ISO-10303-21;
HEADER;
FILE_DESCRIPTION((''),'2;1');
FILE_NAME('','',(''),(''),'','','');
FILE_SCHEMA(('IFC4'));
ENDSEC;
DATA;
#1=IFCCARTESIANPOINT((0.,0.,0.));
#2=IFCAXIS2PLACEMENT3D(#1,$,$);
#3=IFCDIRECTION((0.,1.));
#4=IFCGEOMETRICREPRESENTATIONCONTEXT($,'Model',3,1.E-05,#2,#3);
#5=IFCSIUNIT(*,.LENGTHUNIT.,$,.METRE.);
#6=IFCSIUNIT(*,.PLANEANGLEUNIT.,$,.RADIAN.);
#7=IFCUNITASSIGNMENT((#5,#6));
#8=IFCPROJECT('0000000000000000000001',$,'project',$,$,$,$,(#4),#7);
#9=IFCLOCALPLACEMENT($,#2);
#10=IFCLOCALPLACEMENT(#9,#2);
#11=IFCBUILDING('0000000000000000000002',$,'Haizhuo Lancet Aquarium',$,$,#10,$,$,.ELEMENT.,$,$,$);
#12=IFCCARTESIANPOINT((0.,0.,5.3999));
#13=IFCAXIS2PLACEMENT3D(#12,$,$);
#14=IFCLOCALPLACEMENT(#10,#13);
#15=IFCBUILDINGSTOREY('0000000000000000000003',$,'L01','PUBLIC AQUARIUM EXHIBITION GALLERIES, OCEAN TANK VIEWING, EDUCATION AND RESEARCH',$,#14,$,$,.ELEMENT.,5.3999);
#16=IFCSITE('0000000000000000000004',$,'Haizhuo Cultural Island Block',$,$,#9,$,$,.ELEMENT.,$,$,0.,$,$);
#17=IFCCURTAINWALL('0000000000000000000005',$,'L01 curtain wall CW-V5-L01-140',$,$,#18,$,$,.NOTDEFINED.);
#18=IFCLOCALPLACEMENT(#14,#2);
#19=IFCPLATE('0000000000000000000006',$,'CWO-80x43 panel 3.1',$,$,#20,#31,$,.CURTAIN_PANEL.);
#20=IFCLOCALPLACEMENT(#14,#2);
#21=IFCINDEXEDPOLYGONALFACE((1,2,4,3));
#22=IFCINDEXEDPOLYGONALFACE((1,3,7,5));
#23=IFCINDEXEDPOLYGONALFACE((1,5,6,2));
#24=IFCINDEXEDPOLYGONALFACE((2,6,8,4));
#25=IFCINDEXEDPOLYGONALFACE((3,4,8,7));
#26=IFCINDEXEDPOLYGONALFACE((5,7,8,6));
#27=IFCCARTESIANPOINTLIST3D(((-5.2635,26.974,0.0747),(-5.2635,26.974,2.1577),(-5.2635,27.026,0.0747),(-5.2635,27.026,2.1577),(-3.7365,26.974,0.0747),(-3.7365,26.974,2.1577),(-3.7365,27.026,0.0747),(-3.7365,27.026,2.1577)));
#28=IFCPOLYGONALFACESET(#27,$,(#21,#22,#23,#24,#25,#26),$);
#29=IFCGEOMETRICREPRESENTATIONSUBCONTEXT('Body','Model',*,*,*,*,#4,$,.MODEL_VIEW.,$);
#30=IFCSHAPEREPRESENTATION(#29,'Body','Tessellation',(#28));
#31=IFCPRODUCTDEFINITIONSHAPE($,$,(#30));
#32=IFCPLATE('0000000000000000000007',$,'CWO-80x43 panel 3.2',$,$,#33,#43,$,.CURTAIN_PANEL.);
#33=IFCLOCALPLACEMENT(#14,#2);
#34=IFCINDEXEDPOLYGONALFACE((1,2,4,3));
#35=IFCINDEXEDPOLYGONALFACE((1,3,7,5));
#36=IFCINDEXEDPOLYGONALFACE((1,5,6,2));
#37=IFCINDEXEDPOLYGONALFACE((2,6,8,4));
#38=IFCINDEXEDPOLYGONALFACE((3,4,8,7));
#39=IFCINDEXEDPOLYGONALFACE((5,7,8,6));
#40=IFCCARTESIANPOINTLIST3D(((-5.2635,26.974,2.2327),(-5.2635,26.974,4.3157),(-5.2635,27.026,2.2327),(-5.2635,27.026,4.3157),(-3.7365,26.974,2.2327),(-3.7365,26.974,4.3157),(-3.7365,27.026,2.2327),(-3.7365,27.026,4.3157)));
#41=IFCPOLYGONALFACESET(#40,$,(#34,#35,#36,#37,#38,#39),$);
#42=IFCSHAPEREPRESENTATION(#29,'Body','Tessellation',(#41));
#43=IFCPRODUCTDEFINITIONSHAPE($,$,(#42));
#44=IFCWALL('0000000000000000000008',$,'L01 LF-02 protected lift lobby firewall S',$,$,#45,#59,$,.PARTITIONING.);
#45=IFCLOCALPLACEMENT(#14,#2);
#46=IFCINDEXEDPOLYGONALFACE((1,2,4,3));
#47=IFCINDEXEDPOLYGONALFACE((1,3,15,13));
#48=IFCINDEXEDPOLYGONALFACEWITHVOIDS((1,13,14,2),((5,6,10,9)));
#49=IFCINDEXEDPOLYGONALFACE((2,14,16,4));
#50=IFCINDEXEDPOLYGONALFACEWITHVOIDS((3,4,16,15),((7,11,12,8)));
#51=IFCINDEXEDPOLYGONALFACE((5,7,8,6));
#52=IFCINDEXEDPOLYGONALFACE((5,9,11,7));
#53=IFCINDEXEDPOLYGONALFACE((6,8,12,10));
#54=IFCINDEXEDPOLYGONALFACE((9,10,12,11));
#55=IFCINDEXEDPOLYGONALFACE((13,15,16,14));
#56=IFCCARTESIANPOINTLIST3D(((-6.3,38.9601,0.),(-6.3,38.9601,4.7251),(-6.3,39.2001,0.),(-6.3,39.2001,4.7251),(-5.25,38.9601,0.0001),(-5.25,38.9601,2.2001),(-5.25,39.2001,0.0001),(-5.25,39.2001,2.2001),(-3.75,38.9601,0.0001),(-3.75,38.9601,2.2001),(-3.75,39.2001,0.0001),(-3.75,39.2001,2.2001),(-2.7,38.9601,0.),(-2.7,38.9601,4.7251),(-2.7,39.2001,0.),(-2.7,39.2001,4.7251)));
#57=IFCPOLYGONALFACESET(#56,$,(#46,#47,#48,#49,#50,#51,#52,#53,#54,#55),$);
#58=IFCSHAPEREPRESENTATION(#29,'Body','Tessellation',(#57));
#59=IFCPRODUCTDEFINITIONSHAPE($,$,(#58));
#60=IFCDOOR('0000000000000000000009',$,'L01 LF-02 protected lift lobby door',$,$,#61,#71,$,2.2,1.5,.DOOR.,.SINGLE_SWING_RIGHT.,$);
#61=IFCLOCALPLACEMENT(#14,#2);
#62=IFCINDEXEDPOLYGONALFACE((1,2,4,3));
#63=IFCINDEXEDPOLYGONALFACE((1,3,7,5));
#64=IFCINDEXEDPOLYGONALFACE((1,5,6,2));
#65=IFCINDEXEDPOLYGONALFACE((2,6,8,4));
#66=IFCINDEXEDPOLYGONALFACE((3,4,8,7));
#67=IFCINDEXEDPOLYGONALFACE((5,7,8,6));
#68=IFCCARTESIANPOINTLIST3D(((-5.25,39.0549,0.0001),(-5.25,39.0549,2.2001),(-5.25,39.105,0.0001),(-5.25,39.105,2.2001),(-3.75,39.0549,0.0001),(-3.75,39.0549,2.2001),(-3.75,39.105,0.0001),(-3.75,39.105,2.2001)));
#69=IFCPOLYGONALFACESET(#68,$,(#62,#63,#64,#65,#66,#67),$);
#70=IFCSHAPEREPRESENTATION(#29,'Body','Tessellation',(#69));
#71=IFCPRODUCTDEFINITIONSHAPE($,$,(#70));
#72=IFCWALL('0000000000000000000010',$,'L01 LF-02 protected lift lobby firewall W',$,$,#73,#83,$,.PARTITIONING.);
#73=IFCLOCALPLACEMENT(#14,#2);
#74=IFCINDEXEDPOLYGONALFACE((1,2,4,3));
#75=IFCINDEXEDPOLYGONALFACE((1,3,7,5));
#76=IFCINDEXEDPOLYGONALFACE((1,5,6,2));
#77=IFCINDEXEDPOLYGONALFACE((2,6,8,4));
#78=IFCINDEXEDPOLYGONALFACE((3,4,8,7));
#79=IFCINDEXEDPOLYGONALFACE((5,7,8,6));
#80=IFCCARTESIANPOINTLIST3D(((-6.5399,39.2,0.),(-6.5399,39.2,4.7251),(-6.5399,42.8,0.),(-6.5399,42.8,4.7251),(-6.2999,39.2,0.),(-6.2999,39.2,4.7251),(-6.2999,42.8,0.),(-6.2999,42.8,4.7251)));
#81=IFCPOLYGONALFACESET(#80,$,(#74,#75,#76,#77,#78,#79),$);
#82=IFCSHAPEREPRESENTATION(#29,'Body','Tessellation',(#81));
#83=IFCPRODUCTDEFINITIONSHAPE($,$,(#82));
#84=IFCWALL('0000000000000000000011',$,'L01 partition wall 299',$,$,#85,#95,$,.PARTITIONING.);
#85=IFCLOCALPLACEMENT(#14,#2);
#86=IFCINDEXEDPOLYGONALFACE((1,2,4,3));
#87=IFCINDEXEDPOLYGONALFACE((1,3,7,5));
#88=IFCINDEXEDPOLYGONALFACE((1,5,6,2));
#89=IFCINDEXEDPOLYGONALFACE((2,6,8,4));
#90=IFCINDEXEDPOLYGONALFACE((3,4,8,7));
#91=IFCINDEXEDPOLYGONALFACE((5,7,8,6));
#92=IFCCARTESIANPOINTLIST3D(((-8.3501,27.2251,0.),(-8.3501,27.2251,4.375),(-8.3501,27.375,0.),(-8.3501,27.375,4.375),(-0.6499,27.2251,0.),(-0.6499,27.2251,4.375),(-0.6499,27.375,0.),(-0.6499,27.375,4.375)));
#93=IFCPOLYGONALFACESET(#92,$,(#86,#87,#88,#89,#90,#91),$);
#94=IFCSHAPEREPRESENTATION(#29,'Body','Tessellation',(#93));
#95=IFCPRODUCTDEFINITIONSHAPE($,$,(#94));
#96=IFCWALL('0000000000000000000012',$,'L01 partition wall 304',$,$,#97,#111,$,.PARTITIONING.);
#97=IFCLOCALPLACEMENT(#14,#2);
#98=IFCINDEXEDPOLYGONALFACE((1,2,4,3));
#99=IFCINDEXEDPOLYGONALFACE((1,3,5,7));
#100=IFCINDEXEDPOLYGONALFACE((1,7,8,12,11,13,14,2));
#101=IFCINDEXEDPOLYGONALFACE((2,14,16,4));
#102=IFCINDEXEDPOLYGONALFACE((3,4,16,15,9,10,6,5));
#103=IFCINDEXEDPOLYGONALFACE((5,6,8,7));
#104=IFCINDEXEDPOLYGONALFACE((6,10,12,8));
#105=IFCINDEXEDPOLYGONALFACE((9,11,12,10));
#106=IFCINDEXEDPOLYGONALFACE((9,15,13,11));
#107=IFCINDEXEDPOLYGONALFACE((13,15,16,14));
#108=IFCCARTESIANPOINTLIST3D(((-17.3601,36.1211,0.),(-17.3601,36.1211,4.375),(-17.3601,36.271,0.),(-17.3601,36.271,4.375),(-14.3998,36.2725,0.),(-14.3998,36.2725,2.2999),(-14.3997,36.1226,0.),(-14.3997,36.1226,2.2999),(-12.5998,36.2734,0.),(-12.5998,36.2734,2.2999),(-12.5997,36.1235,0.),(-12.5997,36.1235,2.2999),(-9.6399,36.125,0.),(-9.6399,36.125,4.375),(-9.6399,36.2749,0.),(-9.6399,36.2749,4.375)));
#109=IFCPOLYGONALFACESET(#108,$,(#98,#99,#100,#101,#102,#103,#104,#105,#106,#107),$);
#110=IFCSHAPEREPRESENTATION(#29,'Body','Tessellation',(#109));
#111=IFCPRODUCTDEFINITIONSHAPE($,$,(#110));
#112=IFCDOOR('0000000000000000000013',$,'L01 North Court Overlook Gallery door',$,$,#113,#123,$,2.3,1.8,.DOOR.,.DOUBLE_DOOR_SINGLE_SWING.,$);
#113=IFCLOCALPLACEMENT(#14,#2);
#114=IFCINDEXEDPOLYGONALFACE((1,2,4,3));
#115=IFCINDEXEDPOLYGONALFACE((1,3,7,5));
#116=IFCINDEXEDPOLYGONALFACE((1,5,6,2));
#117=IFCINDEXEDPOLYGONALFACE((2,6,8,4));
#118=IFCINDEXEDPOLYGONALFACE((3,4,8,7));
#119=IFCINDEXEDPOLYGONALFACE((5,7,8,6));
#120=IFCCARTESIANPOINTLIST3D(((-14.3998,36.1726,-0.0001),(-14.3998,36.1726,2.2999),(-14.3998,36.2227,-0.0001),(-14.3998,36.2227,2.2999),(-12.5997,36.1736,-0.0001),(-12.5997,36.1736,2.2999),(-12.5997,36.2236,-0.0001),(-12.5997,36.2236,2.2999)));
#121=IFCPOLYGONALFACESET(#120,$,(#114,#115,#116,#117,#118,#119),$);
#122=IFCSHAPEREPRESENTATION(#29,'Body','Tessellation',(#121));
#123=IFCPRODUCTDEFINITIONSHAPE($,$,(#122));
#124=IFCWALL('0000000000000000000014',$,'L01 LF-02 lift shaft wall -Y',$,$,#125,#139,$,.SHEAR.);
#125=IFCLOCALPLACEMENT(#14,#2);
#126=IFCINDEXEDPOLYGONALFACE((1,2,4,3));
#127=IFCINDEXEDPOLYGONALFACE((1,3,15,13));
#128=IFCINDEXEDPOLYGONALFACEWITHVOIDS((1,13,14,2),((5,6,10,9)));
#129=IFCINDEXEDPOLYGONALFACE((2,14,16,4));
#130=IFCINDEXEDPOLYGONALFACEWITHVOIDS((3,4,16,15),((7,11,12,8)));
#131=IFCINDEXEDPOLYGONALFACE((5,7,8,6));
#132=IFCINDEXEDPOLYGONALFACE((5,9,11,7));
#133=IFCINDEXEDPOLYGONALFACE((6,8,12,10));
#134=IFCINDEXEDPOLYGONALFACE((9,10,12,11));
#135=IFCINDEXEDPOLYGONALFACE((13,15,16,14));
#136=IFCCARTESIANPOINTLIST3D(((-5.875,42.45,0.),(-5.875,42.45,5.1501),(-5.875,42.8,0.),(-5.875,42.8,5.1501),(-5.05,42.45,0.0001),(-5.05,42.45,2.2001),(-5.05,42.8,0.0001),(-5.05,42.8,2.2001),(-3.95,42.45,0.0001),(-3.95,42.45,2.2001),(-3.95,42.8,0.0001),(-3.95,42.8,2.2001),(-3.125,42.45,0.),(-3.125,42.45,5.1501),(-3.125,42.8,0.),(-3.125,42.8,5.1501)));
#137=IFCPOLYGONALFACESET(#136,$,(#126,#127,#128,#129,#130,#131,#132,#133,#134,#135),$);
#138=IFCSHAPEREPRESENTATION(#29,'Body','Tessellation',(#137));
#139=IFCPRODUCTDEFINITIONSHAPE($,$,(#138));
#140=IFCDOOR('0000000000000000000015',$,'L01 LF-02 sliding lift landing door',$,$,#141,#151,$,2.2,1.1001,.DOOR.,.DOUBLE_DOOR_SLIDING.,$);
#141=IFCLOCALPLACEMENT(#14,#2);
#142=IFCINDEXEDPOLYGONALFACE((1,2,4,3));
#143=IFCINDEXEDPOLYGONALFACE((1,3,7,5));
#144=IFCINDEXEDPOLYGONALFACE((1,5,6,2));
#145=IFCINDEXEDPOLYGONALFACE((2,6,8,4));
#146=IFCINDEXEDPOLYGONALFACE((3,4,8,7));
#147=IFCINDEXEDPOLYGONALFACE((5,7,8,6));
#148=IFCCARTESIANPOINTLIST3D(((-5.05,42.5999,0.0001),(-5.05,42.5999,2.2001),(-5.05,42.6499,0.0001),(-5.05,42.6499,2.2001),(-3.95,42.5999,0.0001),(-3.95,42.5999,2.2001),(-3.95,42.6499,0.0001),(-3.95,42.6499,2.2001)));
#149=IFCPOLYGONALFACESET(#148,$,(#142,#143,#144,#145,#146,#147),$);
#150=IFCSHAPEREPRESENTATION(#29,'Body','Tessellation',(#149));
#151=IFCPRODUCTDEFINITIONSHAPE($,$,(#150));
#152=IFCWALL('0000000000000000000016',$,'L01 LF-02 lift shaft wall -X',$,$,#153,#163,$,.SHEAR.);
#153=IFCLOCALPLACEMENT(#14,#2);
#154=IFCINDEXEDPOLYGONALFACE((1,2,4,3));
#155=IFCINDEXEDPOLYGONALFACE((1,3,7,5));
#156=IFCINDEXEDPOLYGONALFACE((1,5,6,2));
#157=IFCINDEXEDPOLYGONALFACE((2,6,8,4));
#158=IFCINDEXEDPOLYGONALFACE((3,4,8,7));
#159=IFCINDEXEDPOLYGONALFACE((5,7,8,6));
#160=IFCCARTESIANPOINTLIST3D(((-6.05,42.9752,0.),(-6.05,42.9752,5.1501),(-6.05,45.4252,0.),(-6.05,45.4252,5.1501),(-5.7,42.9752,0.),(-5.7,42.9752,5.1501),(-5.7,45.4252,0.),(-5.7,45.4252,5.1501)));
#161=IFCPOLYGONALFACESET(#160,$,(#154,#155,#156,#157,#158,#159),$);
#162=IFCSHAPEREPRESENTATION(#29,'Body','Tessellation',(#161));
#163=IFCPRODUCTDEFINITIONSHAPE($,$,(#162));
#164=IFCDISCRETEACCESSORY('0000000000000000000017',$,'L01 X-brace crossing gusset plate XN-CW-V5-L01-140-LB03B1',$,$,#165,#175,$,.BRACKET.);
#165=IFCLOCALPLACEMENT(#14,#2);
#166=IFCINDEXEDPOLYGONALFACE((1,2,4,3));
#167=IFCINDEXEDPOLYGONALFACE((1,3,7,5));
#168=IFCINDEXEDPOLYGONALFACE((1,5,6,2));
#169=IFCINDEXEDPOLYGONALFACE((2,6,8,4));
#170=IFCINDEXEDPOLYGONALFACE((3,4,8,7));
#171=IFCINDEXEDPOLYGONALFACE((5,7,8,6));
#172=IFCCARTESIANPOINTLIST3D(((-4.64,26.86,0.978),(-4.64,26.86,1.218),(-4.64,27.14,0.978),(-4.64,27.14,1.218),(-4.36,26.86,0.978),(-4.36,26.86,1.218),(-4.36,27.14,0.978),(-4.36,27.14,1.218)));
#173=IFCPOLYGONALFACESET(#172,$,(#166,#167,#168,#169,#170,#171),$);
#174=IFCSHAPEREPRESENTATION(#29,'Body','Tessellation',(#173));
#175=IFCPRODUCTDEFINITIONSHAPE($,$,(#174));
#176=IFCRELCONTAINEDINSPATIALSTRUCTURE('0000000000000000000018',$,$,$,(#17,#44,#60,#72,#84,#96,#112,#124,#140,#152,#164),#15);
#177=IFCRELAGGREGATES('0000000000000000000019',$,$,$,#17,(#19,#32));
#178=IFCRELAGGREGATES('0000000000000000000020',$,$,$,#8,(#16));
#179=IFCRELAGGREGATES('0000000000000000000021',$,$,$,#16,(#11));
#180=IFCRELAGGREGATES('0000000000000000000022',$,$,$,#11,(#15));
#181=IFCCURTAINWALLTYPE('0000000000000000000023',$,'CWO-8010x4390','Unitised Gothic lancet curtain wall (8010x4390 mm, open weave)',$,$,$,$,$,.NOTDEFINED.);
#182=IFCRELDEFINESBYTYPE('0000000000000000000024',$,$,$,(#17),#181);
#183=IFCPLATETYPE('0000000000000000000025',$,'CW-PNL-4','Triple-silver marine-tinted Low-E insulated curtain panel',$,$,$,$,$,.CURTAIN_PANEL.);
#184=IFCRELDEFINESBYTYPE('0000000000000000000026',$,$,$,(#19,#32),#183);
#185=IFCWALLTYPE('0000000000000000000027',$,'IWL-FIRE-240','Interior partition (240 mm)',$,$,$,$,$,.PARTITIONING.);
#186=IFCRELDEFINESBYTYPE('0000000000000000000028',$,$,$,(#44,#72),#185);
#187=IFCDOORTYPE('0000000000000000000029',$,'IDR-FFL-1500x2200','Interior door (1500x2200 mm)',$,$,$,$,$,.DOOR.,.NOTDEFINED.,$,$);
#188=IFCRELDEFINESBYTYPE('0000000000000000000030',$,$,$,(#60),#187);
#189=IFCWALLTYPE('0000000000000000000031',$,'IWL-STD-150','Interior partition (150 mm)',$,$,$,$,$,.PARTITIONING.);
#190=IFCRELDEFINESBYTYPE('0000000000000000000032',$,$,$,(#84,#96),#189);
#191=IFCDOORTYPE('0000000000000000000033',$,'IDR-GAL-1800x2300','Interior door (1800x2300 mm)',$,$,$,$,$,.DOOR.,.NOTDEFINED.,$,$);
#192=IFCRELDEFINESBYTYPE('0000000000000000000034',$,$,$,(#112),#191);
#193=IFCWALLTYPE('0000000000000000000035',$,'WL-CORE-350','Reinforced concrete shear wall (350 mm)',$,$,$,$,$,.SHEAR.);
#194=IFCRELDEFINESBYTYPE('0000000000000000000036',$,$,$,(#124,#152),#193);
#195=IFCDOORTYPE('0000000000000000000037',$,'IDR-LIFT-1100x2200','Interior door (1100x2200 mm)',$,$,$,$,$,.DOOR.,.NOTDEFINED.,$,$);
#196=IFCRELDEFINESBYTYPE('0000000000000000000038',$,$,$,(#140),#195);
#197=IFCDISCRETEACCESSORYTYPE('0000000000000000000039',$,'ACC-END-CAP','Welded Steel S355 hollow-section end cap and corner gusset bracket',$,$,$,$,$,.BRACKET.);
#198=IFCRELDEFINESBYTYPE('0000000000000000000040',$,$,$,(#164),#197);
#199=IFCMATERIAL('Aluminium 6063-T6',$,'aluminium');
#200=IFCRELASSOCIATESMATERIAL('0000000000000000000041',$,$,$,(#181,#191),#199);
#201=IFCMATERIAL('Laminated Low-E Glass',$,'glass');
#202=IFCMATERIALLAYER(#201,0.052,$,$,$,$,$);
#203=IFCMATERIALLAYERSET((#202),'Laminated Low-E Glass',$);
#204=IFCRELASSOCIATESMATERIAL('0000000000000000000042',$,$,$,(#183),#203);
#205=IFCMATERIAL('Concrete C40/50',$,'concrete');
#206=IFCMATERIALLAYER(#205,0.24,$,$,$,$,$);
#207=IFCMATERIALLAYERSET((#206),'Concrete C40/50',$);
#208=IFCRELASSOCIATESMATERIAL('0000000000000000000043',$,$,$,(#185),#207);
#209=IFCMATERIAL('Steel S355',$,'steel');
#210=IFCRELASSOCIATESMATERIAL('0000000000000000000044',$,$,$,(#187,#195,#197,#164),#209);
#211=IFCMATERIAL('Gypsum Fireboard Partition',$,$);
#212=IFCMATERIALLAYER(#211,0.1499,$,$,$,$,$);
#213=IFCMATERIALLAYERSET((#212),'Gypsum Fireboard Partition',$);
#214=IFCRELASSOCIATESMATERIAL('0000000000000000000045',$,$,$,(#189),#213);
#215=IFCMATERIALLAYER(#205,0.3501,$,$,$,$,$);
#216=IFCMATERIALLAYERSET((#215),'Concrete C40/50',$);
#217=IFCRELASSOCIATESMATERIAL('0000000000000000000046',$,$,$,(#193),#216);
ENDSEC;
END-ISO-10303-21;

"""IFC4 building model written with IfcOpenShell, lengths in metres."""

from ifc_helpers import new_model, si_unit, direction, frame, frame_2d, origin, origin_2d, place, context, subcontext, project, spatial, rectangle, extrude, material, layer, layer_set, type_object, element, fill, aggregate, save


model = new_model("IFC4")

# Units and contexts
model_context = context("Model", 3, precision=1e-05, world=origin(), true_north=direction((0.0, 1.0)))
body_context = subcontext(model_context, "Body", "Model", "MODEL_VIEW")
ifc_project = project(units=[si_unit("LENGTHUNIT", "METRE"), si_unit("PLANEANGLEUNIT", "RADIAN")], contexts=[model_context])

# Site, building, storey
site_placement = place(None, origin())
site = spatial("IfcSite", under=ifc_project, at=site_placement, Name="Haizhuo Cultural Island Block", CompositionType="ELEMENT", RefElevation=0.0)
building_placement = place(site_placement, origin())
building = spatial("IfcBuilding", under=site, at=building_placement, Name="Haizhuo Lancet Aquarium", CompositionType="ELEMENT")
storey_placement = place(building_placement, frame((0.0, 0.0, 5.3999)))
storey = spatial("IfcBuildingStorey", under=building, at=storey_placement, Name="L01", Description="PUBLIC AQUARIUM EXHIBITION GALLERIES, OCEAN TANK VIEWING, EDUCATION AND RESEARCH", CompositionType="ELEMENT", Elevation=5.3999)

# Shared definitions
ifc_material_1 = material(Name="Concrete C40/50", Category="concrete")

# Curtain wall
ifc_material_2 = material(Name="Aluminium 6063-T6", Category="aluminium")
curtain_wall_type = type_object("IfcCurtainWallType", Name="CWO-8010x4390", Description="Unitised Gothic lancet curtain wall (8010x4390 mm, open weave)", PredefinedType="NOTDEFINED", material=ifc_material_2)
curtain_wall_placement = place(storey_placement, origin())
curtain_wall = element("IfcCurtainWall", 1, at=curtain_wall_placement, inside=storey, type_object=curtain_wall_type, Name="L01 curtain wall CW-V5-L01-140", PredefinedType="NOTDEFINED")

# Shared definitions
ifc_material_3 = material(Name="Steel S355", Category="steel")

# Plates
ifc_material_4 = material(Name="Laminated Low-E Glass", Category="glass")
ifc_layer_1 = layer(ifc_material_4, 0.052)
ifc_layer_set_1 = layer_set([ifc_layer_1], Name="Laminated Low-E Glass")
plate_type = type_object("IfcPlateType", Name="CW-PNL-4", Description="Triple-silver marine-tinted Low-E insulated curtain panel", PredefinedType="CURTAIN_PANEL", material=ifc_layer_set_1)
plate_1_placement = place(storey_placement, frame((-4.5, 27.0, 0.0747), z_axis=(0.0, 0.0, 1.0), x_axis=(-1.0, 0.0, 0.0)))
plate_1 = element("IfcPlate", 2, at=plate_1_placement, type_object=plate_type, Name="CWO-80x43 panel 3.1", PredefinedType="CURTAIN_PANEL", context=body_context, shape_type="SweptSolid", body=[
    extrude(rectangle(XDim=1.5271, YDim=0.052, at=origin_2d()), origin(), (0.0, 0.0, 1.0), 2.083),
])
plate_2_placement = place(storey_placement, frame((-4.5, 27.0, 2.2327), z_axis=(0.0, 0.0, 1.0), x_axis=(-1.0, 0.0, 0.0)))
plate_2 = element("IfcPlate", 3, at=plate_2_placement, type_object=plate_type, Name="CWO-80x43 panel 3.2", PredefinedType="CURTAIN_PANEL", context=body_context, shape_type="SweptSolid", body=[
    extrude(rectangle(XDim=1.5271, YDim=0.052, at=origin_2d()), origin(), (0.0, 0.0, 1.0), 2.083),
])
aggregate(curtain_wall, [plate_1, plate_2])

# Wall, opening, door
ifc_layer_2 = layer(ifc_material_1, 0.24)
ifc_layer_set_2 = layer_set([ifc_layer_2], Name="Concrete C40/50")
wall_type_1 = type_object("IfcWallType", Name="IWL-FIRE-240", Description="Interior partition (240 mm)", PredefinedType="PARTITIONING", material=ifc_layer_set_2)
wall_1_placement = place(storey_placement, frame((-6.3, 39.0801, 0.0), z_axis=(0.0, 0.0, 1.0), x_axis=(1.0, 0.0, 0.0)))
wall_1 = element("IfcWall", 4, at=wall_1_placement, inside=storey, type_object=wall_type_1, Name="L01 LF-02 protected lift lobby firewall S", PredefinedType="PARTITIONING", context=body_context, shape_type="SweptSolid", body=[
    extrude(rectangle(XDim=3.6001, YDim=0.24, at=frame_2d((1.8, 0.0))), origin(), (0.0, 0.0, 1.0), 4.7251),
])
opening_1_placement = place(wall_1_placement, frame((1.05, 0.0, 0.0)))
opening_1 = element("IfcOpeningElement", 5, at=opening_1_placement, cuts=wall_1, PredefinedType="OPENING", context=body_context, shape_type="SweptSolid", body=[
    extrude(rectangle(XDim=1.5, YDim=2.2, at=frame_2d((0.75, 1.1001))), frame((0.0, 0.1299, 0.0), z_axis=(0.0, -1.0, 0.0), x_axis=(1.0, 0.0, 0.0)), (0.0, 0.0, 1.0), 0.26),
])
door_type_1 = type_object("IfcDoorType", Name="IDR-FFL-1500x2200", Description="Interior door (1500x2200 mm)", OperationType="NOTDEFINED", PredefinedType="DOOR", material=ifc_material_3)
door_1_placement = place(opening_1_placement, origin())
door_1 = element("IfcDoor", 6, at=door_1_placement, inside=storey, type_object=door_type_1, Name="L01 LF-02 protected lift lobby door", OperationType="SINGLE_SWING_RIGHT", OverallHeight=2.2, OverallWidth=1.5, PredefinedType="DOOR", context=body_context, shape_type="SweptSolid", body=[
    extrude(rectangle(XDim=1.5, YDim=2.2, at=frame_2d((0.75, 1.1001))), frame((0.0, 0.0249, 0.0), z_axis=(0.0, -1.0, 0.0), x_axis=(1.0, 0.0, 0.0)), (0.0, 0.0, 1.0), 0.05),
])
fill(opening_1, door_1)

# Walls
wall_2_placement = place(storey_placement, frame((-6.4199, 39.2, 0.0), z_axis=(0.0, 0.0, 1.0), x_axis=(0.0, 1.0, 0.0)))
element("IfcWall", 7, at=wall_2_placement, inside=storey, type_object=wall_type_1, Name="L01 LF-02 protected lift lobby firewall W", PredefinedType="PARTITIONING", context=body_context, shape_type="SweptSolid", body=[
    extrude(rectangle(XDim=3.6001, YDim=0.24, at=frame_2d((1.8, 0.0))), origin(), (0.0, 0.0, 1.0), 4.7251),
])
ifc_material_5 = material(Name="Gypsum Fireboard Partition")
ifc_layer_3 = layer(ifc_material_5, 0.1499)
ifc_layer_set_3 = layer_set([ifc_layer_3], Name="Gypsum Fireboard Partition")
wall_type_2 = type_object("IfcWallType", Name="IWL-STD-150", Description="Interior partition (150 mm)", PredefinedType="PARTITIONING", material=ifc_layer_set_3)
wall_3_placement = place(storey_placement, frame((-8.3501, 27.3, 0.0), z_axis=(0.0, 0.0, 1.0), x_axis=(1.0, 0.0, 0.0)))
element("IfcWall", 8, at=wall_3_placement, inside=storey, type_object=wall_type_2, Name="L01 partition wall 299", PredefinedType="PARTITIONING", context=body_context, shape_type="SweptSolid", body=[
    extrude(rectangle(XDim=7.7002, YDim=0.1499, at=frame_2d((3.8501, 0.0))), origin(), (0.0, 0.0, 1.0), 4.375),
])

# Walls, openings, doors
wall_4_placement = place(storey_placement, frame((-9.6399, 36.2, 0.0), z_axis=(0.0, 0.0, 1.0), x_axis=(-1.0, -0.000506, 0.0)))
wall_4 = element("IfcWall", 9, at=wall_4_placement, inside=storey, type_object=wall_type_2, Name="L01 partition wall 304", PredefinedType="PARTITIONING", context=body_context, shape_type="SweptSolid", body=[
    extrude(rectangle(XDim=7.7202, YDim=0.1499, at=frame_2d((3.8601, 0.0))), origin(), (0.0, 0.0, 1.0), 4.375),
])
opening_2_placement = place(wall_4_placement, frame((2.96, 0.0, 0.0)))
opening_2 = element("IfcOpeningElement", 10, at=opening_2_placement, cuts=wall_4, PredefinedType="OPENING", context=body_context, shape_type="SweptSolid", body=[
    extrude(rectangle(XDim=1.8, YDim=2.3, at=frame_2d((0.8999, 1.1499))), frame((0.0, 0.085, 0.0), z_axis=(0.0, -1.0, 0.0), x_axis=(1.0, 0.0, 0.0)), (0.0, 0.0, 1.0), 0.1699),
])
door_type_2 = type_object("IfcDoorType", Name="IDR-GAL-1800x2300", Description="Interior door (1800x2300 mm)", OperationType="NOTDEFINED", PredefinedType="DOOR", material=ifc_material_2)
door_2_placement = place(opening_2_placement, origin())
door_2 = element("IfcDoor", 11, at=door_2_placement, inside=storey, type_object=door_type_2, Name="L01 North Court Overlook Gallery door", OperationType="DOUBLE_DOOR_SINGLE_SWING", OverallHeight=2.3, OverallWidth=1.8, PredefinedType="DOOR", context=body_context, shape_type="SweptSolid", body=[
    extrude(rectangle(XDim=1.8, YDim=2.3, at=frame_2d((0.8999, 1.1499))), frame((0.0, 0.0249, 0.0), z_axis=(0.0, -1.0, 0.0), x_axis=(1.0, 0.0, 0.0)), (0.0, 0.0, 1.0), 0.05),
])
fill(opening_2, door_2)
ifc_layer_4 = layer(ifc_material_1, 0.3501)
ifc_layer_set_4 = layer_set([ifc_layer_4], Name="Concrete C40/50")
wall_type_3 = type_object("IfcWallType", Name="WL-CORE-350", Description="Reinforced concrete shear wall (350 mm)", PredefinedType="SHEAR", material=ifc_layer_set_4)
wall_5_placement = place(storey_placement, frame((-5.875, 42.625, 0.0), z_axis=(0.0, 0.0, 1.0), x_axis=(1.0, 0.0, 0.0)))
wall_5 = element("IfcWall", 12, at=wall_5_placement, inside=storey, type_object=wall_type_3, Name="L01 LF-02 lift shaft wall -Y", PredefinedType="SHEAR", context=body_context, shape_type="SweptSolid", body=[
    extrude(rectangle(XDim=2.75, YDim=0.3501, at=frame_2d((1.375, 0.0))), origin(), (0.0, 0.0, 1.0), 5.1501),
])
opening_3_placement = place(wall_5_placement, frame((0.825, 0.0, 0.0)))
opening_3 = element("IfcOpeningElement", 13, at=opening_3_placement, cuts=wall_5, PredefinedType="OPENING", context=body_context, shape_type="SweptSolid", body=[
    extrude(rectangle(XDim=1.1001, YDim=2.2, at=frame_2d((0.55, 1.1001))), frame((0.0, 0.1851, 0.0), z_axis=(0.0, -1.0, 0.0), x_axis=(1.0, 0.0, 0.0)), (0.0, 0.0, 1.0), 0.3701),
])
door_type_3 = type_object("IfcDoorType", Name="IDR-LIFT-1100x2200", Description="Interior door (1100x2200 mm)", OperationType="NOTDEFINED", PredefinedType="DOOR", material=ifc_material_3)
door_3_placement = place(opening_3_placement, origin())
door_3 = element("IfcDoor", 14, at=door_3_placement, inside=storey, type_object=door_type_3, Name="L01 LF-02 sliding lift landing door", OperationType="DOUBLE_DOOR_SLIDING", OverallHeight=2.2, OverallWidth=1.1001, PredefinedType="DOOR", context=body_context, shape_type="SweptSolid", body=[
    extrude(rectangle(XDim=1.1001, YDim=2.2, at=frame_2d((0.55, 1.1001))), frame((0.0, 0.0249, 0.0), z_axis=(0.0, -1.0, 0.0), x_axis=(1.0, 0.0, 0.0)), (0.0, 0.0, 1.0), 0.05),
])
fill(opening_3, door_3)

# Wall
wall_6_placement = place(storey_placement, frame((-5.875, 42.9751, 0.0), z_axis=(0.0, 0.0, 1.0), x_axis=(0.0, 1.0, 0.0)))
element("IfcWall", 15, at=wall_6_placement, inside=storey, type_object=wall_type_3, Name="L01 LF-02 lift shaft wall -X", PredefinedType="SHEAR", context=body_context, shape_type="SweptSolid", body=[
    extrude(rectangle(XDim=2.45, YDim=0.3501, at=frame_2d((1.2251, 0.0))), origin(), (0.0, 0.0, 1.0), 5.1501),
])

# Discrete accessory
discrete_accessory_type = type_object("IfcDiscreteAccessoryType", Name="ACC-END-CAP", Description="Welded Steel S355 hollow-section end cap and corner gusset bracket", PredefinedType="BRACKET", material=ifc_material_3)
for number, where, z_axis, x_axis, name in (
    (16, (-4.5, 27.0, 0.978), (0.0, 0.0, 1.0), (1.0, 0.0, 0.0), "L01 X-brace crossing gusset plate XN-CW-V5-L01-140-LB03B1"),
):
    element("IfcDiscreteAccessory", number, at=place(storey_placement, frame(where, z_axis=z_axis, x_axis=x_axis)), inside=storey, type_object=discrete_accessory_type, material=ifc_material_3, Name=name, PredefinedType="BRACKET", context=body_context, shape_type="SweptSolid", body=[
        extrude(rectangle(XDim=0.28, YDim=0.28, at=origin_2d()), origin(), (0.0, 0.0, 1.0), 0.24),
    ])

save(model, "model.ifc")
